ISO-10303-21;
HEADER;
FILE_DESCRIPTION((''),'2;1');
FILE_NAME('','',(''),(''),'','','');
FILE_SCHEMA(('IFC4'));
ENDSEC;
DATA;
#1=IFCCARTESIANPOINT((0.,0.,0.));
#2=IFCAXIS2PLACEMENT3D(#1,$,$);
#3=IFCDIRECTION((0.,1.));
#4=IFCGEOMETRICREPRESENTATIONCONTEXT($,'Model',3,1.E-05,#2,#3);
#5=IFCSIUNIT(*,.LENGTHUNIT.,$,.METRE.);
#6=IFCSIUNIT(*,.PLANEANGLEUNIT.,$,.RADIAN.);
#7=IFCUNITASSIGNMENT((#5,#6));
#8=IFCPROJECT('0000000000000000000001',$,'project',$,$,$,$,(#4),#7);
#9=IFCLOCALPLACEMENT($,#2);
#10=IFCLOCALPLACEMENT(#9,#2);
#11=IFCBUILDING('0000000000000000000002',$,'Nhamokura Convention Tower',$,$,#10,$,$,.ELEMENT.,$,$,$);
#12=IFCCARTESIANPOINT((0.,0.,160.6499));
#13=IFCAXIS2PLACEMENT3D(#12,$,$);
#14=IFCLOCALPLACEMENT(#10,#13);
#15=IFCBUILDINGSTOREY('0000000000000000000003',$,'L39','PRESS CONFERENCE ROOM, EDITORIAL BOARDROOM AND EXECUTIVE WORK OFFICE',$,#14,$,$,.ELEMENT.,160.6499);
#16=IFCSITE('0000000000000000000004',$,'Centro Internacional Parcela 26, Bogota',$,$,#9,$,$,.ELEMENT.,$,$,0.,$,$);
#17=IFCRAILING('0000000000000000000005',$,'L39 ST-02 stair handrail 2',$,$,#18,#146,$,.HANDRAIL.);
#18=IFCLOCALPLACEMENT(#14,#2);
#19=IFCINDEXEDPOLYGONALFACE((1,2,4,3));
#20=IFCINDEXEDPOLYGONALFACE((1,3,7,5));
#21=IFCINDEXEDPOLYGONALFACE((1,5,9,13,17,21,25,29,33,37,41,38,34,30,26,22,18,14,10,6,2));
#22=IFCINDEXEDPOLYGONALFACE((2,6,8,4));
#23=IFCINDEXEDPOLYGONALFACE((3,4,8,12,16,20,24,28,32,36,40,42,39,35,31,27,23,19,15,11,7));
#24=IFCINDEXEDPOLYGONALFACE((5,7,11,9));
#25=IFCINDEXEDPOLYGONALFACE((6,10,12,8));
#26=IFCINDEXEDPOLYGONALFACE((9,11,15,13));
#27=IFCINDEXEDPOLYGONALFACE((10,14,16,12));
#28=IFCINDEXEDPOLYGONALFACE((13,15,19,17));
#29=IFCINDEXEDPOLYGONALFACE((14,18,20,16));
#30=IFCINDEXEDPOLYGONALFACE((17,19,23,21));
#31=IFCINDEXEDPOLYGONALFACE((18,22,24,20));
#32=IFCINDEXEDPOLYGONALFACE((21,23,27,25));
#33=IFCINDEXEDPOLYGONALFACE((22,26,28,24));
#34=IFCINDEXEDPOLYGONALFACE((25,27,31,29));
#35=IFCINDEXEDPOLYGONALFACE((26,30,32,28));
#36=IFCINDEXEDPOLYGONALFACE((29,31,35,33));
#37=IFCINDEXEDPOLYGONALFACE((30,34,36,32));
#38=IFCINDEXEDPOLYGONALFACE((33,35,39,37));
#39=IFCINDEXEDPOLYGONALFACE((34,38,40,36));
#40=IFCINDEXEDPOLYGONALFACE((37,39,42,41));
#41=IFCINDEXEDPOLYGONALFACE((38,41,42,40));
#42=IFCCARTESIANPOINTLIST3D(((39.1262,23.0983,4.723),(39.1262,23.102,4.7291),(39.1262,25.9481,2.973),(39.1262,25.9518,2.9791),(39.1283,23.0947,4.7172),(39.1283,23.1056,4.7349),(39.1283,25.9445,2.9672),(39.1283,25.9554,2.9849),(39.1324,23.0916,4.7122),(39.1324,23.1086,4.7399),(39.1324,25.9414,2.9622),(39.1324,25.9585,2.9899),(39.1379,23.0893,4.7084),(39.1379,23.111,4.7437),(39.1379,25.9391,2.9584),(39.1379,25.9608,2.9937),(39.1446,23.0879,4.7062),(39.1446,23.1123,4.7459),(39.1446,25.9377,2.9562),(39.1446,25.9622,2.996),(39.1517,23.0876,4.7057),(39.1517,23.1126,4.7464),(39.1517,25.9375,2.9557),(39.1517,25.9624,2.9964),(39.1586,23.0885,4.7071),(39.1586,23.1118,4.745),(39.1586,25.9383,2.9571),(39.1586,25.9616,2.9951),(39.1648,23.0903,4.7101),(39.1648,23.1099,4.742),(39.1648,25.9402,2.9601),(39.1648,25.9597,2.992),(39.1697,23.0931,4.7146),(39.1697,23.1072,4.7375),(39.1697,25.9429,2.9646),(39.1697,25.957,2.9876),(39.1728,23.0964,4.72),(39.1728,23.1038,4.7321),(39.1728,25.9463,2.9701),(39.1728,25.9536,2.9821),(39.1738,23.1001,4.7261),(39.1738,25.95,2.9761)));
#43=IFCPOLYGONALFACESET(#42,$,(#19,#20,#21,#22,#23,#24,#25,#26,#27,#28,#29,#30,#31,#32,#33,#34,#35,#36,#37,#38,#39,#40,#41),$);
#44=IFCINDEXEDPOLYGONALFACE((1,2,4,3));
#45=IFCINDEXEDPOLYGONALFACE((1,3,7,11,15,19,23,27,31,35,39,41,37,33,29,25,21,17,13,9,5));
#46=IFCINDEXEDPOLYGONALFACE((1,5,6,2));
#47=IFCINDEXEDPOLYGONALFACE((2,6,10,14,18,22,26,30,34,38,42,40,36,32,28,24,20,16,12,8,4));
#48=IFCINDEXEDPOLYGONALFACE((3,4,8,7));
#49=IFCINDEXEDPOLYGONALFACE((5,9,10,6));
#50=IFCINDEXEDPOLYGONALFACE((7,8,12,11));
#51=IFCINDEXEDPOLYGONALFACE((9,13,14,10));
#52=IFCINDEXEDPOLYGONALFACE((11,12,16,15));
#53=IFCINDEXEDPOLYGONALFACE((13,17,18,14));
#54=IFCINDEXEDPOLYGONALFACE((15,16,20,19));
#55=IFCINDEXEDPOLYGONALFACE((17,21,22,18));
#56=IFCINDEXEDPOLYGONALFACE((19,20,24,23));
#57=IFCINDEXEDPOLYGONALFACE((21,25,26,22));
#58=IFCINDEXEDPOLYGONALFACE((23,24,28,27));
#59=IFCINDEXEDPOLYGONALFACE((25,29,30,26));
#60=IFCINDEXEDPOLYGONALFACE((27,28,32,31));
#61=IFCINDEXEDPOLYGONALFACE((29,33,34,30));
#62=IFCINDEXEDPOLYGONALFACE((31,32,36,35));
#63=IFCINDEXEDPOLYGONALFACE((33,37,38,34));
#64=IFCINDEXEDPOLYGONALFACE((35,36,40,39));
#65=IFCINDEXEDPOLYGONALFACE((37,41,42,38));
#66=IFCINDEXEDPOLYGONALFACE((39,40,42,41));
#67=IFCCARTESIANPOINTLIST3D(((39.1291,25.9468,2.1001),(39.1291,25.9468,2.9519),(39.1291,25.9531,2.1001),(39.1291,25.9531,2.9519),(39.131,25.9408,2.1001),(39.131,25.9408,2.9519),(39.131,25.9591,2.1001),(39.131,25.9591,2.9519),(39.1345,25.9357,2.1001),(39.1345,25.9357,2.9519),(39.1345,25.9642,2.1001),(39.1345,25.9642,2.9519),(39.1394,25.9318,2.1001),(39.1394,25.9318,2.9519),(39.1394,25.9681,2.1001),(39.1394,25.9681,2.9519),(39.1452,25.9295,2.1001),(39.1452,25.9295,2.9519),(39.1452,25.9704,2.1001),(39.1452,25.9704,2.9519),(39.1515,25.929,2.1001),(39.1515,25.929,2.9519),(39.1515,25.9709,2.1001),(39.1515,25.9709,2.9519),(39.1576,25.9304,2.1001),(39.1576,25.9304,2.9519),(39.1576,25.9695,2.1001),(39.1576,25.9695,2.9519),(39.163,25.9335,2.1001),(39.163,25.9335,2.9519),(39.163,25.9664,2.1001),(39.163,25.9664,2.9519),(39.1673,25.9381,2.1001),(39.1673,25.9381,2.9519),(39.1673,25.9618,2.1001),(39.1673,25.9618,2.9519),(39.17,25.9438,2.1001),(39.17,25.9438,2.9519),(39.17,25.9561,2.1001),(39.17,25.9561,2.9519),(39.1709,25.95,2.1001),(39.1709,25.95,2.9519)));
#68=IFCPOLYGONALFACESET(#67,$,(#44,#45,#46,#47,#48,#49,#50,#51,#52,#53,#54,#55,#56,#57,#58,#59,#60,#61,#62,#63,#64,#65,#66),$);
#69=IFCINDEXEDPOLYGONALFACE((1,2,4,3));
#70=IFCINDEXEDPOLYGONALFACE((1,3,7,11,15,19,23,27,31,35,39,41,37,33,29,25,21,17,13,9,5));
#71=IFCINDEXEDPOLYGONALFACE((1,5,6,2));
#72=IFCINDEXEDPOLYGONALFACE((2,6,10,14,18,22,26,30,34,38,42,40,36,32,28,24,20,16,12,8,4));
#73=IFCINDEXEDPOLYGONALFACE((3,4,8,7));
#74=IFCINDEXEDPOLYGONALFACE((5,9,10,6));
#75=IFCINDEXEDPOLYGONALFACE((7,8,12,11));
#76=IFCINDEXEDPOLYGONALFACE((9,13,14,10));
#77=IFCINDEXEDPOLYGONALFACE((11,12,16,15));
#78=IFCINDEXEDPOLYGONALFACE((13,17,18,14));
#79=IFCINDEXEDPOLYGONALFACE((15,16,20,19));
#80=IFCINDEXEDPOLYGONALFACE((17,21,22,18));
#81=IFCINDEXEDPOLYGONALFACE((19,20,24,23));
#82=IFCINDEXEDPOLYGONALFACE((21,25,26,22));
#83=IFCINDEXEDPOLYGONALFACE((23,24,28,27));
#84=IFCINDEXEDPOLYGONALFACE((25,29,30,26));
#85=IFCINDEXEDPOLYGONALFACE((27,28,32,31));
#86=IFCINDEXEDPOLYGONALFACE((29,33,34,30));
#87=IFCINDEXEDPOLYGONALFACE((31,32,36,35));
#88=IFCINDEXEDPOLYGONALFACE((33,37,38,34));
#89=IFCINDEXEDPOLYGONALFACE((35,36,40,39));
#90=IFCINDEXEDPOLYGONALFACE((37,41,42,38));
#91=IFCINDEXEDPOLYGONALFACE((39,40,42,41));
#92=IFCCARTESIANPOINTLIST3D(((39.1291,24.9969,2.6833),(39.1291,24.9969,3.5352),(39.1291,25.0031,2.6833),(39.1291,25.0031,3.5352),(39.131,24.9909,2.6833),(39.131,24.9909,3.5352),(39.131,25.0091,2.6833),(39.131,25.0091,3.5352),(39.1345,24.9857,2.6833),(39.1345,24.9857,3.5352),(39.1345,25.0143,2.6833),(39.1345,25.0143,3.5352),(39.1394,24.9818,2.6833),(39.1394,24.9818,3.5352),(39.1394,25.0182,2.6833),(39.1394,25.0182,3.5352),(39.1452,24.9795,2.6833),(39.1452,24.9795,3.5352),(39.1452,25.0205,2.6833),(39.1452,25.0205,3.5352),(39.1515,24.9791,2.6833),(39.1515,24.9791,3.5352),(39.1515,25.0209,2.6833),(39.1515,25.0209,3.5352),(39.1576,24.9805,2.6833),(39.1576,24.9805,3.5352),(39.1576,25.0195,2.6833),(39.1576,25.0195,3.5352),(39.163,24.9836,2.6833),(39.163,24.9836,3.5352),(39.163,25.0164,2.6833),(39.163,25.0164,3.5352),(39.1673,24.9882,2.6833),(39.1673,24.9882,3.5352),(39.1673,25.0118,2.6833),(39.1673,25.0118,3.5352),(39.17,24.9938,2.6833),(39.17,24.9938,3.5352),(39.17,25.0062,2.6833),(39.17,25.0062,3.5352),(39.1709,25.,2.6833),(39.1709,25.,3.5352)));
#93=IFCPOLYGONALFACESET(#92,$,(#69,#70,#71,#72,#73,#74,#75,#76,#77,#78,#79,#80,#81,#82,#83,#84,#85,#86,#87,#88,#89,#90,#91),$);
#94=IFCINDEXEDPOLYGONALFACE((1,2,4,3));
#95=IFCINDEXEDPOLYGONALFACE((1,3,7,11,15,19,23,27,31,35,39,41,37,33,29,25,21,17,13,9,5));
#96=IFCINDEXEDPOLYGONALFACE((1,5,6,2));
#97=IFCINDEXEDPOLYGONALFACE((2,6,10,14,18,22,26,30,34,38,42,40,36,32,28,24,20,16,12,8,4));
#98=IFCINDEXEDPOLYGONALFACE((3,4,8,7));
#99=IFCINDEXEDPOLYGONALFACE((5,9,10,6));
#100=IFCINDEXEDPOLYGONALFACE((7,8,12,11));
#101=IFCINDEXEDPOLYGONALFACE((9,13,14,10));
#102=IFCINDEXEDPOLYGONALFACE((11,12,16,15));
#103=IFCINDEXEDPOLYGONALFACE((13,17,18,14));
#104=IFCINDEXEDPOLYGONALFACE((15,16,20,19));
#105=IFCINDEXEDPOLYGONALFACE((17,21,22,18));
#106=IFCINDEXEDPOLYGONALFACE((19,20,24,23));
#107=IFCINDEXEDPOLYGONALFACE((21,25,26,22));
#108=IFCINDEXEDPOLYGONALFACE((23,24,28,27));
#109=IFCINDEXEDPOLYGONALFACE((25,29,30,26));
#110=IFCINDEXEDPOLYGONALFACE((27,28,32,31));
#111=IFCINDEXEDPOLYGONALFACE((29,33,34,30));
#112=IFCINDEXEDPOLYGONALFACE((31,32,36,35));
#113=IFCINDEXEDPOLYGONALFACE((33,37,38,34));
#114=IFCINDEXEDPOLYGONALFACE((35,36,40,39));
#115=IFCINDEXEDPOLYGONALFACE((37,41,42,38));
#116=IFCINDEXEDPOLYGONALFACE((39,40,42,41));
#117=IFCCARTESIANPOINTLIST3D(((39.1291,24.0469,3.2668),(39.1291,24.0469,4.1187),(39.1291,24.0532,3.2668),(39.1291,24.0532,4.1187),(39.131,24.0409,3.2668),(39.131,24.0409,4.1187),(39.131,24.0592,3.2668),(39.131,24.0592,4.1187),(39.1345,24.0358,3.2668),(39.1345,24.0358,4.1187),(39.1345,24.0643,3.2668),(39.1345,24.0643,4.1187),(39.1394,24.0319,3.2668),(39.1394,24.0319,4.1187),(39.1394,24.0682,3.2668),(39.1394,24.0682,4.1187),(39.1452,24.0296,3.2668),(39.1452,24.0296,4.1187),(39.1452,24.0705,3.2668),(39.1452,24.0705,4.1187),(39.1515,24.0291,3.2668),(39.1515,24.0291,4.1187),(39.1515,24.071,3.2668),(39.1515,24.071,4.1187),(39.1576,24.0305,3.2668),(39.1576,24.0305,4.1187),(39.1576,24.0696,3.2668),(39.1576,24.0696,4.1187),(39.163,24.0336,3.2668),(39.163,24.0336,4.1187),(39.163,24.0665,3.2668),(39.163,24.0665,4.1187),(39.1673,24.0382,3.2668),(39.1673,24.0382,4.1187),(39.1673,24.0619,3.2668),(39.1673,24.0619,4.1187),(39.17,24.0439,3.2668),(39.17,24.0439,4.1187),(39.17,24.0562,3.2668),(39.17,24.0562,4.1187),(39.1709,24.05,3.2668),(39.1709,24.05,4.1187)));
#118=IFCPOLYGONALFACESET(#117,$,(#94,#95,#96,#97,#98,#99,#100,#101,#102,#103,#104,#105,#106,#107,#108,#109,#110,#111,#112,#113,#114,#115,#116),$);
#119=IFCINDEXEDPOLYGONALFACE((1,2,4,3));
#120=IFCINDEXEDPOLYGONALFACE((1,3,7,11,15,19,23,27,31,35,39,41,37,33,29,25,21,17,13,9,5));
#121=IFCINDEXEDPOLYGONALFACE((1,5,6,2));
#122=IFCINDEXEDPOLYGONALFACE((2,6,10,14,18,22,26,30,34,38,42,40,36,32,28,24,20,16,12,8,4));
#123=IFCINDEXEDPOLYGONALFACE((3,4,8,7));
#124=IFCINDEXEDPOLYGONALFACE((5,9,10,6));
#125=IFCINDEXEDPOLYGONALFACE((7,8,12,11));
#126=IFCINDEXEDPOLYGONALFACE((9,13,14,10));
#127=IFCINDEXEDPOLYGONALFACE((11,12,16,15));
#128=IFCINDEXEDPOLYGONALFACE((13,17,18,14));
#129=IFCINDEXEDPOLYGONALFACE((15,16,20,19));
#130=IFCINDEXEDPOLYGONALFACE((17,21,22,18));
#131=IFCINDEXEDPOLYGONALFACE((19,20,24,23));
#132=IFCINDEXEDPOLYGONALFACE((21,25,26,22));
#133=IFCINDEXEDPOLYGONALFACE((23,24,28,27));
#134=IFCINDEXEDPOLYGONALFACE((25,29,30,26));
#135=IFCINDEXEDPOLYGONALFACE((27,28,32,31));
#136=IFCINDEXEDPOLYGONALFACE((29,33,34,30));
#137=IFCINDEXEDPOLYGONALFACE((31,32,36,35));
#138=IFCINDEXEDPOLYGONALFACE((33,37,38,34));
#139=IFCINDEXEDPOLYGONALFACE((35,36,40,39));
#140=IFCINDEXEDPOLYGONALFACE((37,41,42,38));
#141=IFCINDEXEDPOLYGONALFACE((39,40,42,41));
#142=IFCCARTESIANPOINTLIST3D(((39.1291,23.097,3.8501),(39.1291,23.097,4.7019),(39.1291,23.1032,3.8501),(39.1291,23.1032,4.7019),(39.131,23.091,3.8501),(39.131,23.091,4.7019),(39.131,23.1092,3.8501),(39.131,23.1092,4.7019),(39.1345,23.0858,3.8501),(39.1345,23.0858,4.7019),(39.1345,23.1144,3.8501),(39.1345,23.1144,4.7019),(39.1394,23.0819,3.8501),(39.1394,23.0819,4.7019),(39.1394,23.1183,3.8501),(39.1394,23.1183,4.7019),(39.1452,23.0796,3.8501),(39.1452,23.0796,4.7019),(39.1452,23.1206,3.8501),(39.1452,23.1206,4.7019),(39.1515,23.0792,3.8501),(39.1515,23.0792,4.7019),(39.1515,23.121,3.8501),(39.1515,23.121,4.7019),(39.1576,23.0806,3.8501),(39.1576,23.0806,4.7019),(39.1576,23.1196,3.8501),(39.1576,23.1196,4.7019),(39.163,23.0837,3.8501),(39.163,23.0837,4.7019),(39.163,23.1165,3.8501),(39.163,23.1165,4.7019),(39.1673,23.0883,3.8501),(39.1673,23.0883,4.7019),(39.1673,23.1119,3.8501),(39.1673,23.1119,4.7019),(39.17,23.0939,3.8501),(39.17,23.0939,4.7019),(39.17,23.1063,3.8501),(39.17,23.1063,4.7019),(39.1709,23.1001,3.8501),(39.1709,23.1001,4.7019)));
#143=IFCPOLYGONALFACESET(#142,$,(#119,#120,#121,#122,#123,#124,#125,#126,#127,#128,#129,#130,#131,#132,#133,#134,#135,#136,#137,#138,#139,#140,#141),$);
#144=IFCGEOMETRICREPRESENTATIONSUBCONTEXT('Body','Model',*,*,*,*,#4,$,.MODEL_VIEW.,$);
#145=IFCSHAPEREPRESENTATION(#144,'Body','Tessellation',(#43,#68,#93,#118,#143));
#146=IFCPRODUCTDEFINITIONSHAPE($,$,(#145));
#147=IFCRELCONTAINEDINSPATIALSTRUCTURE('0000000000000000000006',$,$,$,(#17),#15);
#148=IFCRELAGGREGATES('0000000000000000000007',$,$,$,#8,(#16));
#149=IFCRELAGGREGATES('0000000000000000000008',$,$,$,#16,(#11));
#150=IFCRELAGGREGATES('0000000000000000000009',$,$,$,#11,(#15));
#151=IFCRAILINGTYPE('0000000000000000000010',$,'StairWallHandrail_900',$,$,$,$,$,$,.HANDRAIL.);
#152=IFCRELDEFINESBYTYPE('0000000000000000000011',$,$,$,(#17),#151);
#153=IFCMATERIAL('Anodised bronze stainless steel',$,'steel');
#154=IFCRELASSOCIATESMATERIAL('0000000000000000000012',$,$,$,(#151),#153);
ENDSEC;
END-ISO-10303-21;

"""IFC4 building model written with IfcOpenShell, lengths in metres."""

from ifc_helpers import new_model, si_unit, direction, frame, origin, origin_2d, place, context, subcontext, project, spatial, circle, extrude, material, type_object, element, save


model = new_model("IFC4")

# Units and contexts
model_context = context("Model", 3, precision=1e-05, world=origin(), true_north=direction((0.0, 1.0)))
body_context = subcontext(model_context, "Body", "Model", "MODEL_VIEW")
ifc_project = project(units=[si_unit("LENGTHUNIT", "METRE"), si_unit("PLANEANGLEUNIT", "RADIAN")], contexts=[model_context])

# Site, building, storey
site_placement = place(None, origin())
site = spatial("IfcSite", under=ifc_project, at=site_placement, Name="Centro Internacional Parcela 26, Bogota", CompositionType="ELEMENT", RefElevation=0.0)
building_placement = place(site_placement, origin())
building = spatial("IfcBuilding", under=site, at=building_placement, Name="Nhamokura Convention Tower", CompositionType="ELEMENT")
storey_placement = place(building_placement, frame((0.0, 0.0, 160.6499)))
storey = spatial("IfcBuildingStorey", under=building, at=storey_placement, Name="L39", Description="PRESS CONFERENCE ROOM, EDITORIAL BOARDROOM AND EXECUTIVE WORK OFFICE", CompositionType="ELEMENT", Elevation=160.6499)

# Railing
ifc_material_1 = material(Name="Anodised bronze stainless steel", Category="steel")
railing_type_1 = type_object("IfcRailingType", Name="StairWallHandrail_900", PredefinedType="HANDRAIL", material=ifc_material_1)
railing_1_placement = place(storey_placement, frame((39.1499, 25.95, 2.1001)))
element("IfcRailing", 1, at=railing_1_placement, inside=storey, type_object=railing_type_1, Name="L39 ST-02 stair handrail 2", PredefinedType="HANDRAIL", context=body_context, shape_type="SweptSolid", body=[
    extrude(circle(Radius=0.0239, at=origin_2d()), frame((0.0, 0.0, 0.876), z_axis=(0.0, -0.852159, 0.523283), x_axis=(1.0, 0.0, 0.0)), (0.0, 0.0, 1.0), 3.3442),
    extrude(circle(Radius=0.021, at=origin_2d()), origin(), (0.0, 0.0, 1.0), 0.8518),
    extrude(circle(Radius=0.021, at=origin_2d()), frame((0.0, -0.95, 0.5833)), (0.0, 0.0, 1.0), 0.8518),
    extrude(circle(Radius=0.021, at=origin_2d()), frame((0.0, -1.8999, 1.1667)), (0.0, 0.0, 1.0), 0.8518),
    extrude(circle(Radius=0.021, at=origin_2d()), frame((0.0, -2.8499, 1.75)), (0.0, 0.0, 1.0), 0.8518),
])

save(model, "model.ifc")
